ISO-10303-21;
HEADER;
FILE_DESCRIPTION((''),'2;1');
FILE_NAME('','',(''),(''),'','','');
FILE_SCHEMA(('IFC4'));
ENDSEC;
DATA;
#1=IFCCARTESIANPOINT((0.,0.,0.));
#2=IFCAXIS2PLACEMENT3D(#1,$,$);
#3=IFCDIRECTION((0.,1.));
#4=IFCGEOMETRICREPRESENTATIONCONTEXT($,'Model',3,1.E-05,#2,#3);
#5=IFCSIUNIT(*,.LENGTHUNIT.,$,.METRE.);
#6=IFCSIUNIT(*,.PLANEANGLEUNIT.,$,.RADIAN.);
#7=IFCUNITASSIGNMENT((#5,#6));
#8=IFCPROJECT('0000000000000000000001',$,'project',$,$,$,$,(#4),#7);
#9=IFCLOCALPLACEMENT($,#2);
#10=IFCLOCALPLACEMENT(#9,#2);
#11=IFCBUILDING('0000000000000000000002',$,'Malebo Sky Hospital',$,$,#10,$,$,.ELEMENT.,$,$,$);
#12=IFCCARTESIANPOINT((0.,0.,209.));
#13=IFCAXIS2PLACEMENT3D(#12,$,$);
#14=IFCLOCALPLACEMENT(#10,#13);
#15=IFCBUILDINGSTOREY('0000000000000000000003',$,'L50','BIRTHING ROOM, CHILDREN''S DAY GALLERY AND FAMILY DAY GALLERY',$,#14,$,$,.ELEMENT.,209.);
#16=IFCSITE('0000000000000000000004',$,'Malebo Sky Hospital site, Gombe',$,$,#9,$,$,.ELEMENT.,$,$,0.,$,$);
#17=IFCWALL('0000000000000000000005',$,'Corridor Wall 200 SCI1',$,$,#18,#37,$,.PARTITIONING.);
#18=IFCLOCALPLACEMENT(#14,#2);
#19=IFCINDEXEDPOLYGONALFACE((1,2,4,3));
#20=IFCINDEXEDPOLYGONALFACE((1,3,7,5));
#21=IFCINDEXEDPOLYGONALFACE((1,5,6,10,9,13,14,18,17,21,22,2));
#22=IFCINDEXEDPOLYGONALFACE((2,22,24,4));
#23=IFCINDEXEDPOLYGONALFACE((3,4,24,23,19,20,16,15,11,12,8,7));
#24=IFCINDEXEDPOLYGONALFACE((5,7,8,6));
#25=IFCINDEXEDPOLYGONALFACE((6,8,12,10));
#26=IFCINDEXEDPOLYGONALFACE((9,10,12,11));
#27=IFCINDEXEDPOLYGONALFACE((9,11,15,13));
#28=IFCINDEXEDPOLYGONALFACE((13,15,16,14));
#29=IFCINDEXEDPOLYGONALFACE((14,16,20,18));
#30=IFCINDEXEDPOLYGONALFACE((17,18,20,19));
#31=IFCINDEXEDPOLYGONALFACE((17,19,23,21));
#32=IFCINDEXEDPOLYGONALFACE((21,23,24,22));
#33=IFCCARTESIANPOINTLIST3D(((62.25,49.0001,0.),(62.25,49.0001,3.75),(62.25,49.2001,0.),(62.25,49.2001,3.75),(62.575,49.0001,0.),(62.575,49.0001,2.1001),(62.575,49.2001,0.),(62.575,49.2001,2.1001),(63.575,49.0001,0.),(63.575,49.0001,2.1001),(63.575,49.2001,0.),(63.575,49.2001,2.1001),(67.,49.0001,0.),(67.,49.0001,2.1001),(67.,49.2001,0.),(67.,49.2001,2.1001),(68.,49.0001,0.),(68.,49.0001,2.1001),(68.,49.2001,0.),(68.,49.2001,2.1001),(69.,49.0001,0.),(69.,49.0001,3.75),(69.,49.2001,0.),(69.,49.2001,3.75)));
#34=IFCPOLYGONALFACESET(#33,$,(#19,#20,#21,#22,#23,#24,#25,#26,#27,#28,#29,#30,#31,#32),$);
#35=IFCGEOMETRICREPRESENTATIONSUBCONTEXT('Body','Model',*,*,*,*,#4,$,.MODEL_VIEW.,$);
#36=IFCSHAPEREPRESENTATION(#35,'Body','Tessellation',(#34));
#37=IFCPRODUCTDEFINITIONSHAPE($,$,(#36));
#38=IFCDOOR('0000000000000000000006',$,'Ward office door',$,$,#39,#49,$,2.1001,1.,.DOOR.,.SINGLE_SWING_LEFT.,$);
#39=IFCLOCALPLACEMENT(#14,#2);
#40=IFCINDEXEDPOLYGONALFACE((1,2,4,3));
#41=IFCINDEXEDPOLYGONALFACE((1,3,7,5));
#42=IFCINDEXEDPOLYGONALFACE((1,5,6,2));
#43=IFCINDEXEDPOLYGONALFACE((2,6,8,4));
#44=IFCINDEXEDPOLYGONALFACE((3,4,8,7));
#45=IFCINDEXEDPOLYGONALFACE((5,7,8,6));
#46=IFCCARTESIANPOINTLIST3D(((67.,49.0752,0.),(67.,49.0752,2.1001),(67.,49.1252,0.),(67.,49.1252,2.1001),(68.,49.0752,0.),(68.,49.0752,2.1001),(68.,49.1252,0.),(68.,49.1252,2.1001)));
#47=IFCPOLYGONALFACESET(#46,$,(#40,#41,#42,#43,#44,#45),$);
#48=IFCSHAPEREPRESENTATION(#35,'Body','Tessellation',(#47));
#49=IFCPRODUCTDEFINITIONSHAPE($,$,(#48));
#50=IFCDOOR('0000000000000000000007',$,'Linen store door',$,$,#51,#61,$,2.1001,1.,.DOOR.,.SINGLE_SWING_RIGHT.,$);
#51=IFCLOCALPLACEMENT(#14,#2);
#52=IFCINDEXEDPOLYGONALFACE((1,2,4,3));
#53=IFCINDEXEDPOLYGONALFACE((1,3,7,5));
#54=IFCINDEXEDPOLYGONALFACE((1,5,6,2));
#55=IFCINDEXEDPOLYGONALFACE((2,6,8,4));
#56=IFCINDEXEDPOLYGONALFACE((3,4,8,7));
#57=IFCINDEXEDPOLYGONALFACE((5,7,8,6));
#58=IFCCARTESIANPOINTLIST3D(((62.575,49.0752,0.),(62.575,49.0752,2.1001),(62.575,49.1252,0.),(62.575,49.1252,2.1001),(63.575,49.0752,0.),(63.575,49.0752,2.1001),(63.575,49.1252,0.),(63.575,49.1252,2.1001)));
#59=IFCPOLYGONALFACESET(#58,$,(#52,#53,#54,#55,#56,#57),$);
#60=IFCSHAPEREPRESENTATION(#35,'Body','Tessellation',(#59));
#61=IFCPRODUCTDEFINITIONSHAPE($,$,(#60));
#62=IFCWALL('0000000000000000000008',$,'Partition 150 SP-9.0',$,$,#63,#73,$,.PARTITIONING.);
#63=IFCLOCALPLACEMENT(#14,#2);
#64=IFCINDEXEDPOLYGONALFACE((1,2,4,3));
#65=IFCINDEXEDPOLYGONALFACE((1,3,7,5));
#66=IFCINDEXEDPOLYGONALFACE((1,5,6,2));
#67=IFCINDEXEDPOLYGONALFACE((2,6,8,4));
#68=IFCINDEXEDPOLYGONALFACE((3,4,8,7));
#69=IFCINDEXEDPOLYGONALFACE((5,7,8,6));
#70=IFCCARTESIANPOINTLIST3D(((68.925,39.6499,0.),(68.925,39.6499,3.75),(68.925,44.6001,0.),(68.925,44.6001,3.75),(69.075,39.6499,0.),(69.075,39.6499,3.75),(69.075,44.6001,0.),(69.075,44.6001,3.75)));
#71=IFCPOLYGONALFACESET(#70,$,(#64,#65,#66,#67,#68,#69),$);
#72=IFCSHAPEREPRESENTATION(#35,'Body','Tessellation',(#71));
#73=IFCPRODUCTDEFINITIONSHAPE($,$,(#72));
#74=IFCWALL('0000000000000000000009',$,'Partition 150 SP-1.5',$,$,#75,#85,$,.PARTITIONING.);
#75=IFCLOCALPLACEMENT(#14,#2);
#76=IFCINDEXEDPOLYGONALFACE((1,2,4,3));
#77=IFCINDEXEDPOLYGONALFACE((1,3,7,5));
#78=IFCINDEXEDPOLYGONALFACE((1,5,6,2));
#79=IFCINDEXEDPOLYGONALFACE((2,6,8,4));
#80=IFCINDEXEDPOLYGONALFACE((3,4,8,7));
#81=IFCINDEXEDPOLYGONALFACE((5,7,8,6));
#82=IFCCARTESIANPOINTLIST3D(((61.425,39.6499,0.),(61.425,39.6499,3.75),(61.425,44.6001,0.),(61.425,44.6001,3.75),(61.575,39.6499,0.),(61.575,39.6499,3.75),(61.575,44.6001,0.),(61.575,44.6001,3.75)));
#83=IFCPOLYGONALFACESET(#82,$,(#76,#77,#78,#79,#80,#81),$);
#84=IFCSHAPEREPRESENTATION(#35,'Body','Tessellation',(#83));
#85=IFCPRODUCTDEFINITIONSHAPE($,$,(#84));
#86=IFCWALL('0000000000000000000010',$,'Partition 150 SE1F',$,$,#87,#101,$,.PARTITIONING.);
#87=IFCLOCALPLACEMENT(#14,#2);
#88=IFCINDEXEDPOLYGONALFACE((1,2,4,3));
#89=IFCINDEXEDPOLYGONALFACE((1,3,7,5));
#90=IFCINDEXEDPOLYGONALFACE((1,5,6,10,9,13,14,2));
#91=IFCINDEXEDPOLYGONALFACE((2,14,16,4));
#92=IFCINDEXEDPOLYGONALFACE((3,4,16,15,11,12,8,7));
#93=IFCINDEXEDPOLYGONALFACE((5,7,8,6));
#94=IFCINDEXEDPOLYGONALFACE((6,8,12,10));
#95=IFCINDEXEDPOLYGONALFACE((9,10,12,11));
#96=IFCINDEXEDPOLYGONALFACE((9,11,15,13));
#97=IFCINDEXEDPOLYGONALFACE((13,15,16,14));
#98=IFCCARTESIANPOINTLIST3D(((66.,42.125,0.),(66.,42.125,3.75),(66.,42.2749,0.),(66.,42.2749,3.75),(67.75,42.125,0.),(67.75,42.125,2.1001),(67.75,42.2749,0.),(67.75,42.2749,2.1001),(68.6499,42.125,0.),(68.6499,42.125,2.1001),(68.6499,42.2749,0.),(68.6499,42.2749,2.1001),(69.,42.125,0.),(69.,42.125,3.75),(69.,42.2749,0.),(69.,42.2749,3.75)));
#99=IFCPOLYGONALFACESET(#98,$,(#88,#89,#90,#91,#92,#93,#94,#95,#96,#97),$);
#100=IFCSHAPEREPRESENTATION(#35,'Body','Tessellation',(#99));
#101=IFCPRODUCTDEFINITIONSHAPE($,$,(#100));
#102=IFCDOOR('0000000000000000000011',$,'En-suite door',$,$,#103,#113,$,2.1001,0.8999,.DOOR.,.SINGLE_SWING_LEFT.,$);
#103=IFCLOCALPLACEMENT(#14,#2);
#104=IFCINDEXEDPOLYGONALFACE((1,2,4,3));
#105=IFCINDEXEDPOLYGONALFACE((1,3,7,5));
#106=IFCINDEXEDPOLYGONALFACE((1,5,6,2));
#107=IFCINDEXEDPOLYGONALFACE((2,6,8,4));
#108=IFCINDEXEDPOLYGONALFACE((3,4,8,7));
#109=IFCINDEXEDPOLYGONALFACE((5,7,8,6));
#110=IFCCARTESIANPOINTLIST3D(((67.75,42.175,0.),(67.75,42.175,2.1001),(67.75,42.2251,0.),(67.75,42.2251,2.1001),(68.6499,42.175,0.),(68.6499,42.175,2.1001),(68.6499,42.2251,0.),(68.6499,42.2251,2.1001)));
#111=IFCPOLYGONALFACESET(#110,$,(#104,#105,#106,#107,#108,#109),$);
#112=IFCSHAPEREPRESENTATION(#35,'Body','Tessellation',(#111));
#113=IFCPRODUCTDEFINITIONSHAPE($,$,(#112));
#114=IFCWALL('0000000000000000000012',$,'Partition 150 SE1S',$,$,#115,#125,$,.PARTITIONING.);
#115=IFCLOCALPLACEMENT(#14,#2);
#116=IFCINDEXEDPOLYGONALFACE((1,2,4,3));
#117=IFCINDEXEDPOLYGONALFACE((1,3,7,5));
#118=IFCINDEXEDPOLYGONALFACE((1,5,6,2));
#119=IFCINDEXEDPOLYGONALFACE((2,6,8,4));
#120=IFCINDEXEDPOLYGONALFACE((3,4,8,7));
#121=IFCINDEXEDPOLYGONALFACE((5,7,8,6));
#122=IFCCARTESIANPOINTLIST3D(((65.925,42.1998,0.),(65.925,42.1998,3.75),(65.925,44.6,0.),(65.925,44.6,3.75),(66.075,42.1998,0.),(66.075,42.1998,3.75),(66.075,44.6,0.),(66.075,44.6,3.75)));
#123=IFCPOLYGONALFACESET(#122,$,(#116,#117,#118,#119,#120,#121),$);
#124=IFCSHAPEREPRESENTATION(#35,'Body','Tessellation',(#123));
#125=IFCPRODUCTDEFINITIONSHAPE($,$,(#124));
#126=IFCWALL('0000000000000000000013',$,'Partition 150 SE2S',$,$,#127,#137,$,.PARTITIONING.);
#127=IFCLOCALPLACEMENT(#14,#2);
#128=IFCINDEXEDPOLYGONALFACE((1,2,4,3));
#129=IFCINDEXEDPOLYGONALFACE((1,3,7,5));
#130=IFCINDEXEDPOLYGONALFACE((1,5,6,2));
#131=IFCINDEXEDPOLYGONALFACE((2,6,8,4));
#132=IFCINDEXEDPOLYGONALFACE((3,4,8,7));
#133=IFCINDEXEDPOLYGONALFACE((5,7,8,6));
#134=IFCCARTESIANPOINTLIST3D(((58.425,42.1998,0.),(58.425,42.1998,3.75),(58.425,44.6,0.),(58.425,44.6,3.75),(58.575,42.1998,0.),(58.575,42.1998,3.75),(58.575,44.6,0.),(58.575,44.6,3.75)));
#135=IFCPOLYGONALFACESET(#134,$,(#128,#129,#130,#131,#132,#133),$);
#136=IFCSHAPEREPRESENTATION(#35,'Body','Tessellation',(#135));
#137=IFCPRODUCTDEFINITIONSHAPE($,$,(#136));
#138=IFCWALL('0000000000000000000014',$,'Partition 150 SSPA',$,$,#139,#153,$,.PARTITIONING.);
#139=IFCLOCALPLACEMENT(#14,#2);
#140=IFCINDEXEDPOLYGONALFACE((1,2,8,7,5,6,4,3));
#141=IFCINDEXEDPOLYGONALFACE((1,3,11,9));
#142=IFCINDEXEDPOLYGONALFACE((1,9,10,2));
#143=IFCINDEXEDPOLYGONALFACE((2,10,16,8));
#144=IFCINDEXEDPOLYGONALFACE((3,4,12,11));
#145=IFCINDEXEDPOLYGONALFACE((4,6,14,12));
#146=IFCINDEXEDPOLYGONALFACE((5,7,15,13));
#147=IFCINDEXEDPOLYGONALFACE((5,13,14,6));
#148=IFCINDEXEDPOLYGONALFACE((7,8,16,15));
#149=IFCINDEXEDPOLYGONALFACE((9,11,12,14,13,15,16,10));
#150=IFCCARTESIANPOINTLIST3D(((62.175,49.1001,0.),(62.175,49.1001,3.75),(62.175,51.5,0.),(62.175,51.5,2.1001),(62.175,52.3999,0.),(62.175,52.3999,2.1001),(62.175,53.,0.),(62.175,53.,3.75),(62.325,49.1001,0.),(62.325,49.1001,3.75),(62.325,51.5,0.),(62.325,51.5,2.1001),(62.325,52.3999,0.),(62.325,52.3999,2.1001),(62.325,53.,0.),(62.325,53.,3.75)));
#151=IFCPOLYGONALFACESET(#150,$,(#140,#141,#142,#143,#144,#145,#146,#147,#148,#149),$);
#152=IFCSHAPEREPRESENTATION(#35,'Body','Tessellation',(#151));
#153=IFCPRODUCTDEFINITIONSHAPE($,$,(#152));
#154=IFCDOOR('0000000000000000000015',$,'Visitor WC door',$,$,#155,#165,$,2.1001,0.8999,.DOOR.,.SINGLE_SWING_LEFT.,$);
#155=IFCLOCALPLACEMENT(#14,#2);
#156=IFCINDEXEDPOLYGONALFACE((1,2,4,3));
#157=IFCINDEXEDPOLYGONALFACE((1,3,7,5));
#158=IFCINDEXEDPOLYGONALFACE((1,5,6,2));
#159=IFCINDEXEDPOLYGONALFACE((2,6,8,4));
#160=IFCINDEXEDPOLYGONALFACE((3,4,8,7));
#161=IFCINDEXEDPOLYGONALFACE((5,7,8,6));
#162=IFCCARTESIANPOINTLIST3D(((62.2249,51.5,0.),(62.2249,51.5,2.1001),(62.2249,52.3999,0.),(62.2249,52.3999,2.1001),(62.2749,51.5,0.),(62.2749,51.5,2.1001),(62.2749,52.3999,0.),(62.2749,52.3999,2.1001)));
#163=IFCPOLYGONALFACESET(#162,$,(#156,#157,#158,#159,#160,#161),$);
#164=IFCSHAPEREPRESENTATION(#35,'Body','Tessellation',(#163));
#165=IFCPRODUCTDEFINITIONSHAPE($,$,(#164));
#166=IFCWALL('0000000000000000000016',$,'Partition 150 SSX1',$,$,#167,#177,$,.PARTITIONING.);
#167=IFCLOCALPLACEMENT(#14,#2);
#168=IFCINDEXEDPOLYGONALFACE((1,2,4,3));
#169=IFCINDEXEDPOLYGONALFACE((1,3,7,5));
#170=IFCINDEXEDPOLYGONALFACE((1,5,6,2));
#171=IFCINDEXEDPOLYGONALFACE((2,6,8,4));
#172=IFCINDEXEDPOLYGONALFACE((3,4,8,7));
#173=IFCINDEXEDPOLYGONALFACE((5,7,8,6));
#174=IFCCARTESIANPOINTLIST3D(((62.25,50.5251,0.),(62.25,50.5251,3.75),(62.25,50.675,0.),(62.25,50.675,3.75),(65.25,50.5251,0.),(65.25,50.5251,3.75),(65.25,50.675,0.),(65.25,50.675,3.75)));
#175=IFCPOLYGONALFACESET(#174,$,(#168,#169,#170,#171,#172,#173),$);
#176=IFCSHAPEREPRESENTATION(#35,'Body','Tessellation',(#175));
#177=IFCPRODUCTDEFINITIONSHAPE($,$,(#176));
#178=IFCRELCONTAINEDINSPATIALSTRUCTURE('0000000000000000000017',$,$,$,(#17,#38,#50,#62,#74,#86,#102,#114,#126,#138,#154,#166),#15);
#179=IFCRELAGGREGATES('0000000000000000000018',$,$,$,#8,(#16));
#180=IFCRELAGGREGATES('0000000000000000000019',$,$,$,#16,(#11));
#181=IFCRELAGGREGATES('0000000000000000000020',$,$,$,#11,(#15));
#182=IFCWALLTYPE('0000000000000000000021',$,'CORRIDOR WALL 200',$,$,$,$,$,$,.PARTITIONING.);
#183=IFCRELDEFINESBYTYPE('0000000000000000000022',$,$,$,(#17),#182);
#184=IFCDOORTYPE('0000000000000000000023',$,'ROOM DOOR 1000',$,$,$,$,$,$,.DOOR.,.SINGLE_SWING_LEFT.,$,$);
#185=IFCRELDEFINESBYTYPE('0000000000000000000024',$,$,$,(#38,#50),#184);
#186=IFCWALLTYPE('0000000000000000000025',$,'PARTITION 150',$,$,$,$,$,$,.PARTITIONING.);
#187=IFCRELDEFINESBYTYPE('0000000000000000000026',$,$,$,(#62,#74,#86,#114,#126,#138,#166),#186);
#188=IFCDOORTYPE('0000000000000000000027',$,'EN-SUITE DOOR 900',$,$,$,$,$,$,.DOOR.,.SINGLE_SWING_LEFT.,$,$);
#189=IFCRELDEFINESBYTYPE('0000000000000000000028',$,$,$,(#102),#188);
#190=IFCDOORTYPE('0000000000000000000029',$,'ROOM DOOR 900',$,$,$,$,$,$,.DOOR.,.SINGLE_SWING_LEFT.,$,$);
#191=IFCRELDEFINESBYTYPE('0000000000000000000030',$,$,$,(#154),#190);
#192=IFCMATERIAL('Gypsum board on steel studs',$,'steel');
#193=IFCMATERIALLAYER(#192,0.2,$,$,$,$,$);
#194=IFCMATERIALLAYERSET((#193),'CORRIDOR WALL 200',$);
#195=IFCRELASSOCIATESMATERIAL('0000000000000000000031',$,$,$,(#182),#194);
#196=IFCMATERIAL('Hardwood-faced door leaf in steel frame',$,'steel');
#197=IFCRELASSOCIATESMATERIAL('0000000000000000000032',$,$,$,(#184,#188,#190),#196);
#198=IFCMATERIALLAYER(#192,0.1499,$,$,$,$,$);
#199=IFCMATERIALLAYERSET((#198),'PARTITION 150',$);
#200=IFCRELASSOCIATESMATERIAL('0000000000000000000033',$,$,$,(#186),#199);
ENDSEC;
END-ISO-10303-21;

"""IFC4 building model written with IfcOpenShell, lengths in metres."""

from ifc_helpers import new_model, si_unit, direction, frame, frame_2d, origin, place, context, subcontext, project, spatial, rectangle, extrude, material, layer, layer_set, type_object, element, fill, save


model = new_model("IFC4")

# Units and contexts
model_context = context("Model", 3, precision=1e-05, world=origin(), true_north=direction((0.0, 1.0)))
body_context = subcontext(model_context, "Body", "Model", "MODEL_VIEW")
ifc_project = project(units=[si_unit("LENGTHUNIT", "METRE"), si_unit("PLANEANGLEUNIT", "RADIAN")], contexts=[model_context])

# Site, building, storey
site_placement = place(None, origin())
site = spatial("IfcSite", under=ifc_project, at=site_placement, Name="Malebo Sky Hospital site, Gombe", CompositionType="ELEMENT", RefElevation=0.0)
building_placement = place(site_placement, origin())
building = spatial("IfcBuilding", under=site, at=building_placement, Name="Malebo Sky Hospital", CompositionType="ELEMENT")
storey_placement = place(building_placement, frame((0.0, 0.0, 209.0)))
storey = spatial("IfcBuildingStorey", under=building, at=storey_placement, Name="L50", Description="BIRTHING ROOM, CHILDREN'S DAY GALLERY AND FAMILY DAY GALLERY", CompositionType="ELEMENT", Elevation=209.0)

# Wall, openings, doors
ifc_material_1 = material(Name="Gypsum board on steel studs", Category="steel")
ifc_layer_1 = layer(ifc_material_1, 0.2)
ifc_layer_set_1 = layer_set([ifc_layer_1], Name="CORRIDOR WALL 200")
wall_type_1 = type_object("IfcWallType", Name="CORRIDOR WALL 200", PredefinedType="PARTITIONING", material=ifc_layer_set_1)
ifc_material_2 = material(Name="Hardwood-faced door leaf in steel frame", Category="steel")
wall_1_placement = place(storey_placement, frame((69.0, 49.1001, 0.0), z_axis=(0.0, 0.0, 1.0), x_axis=(-1.0, 0.0, 0.0)))
wall_1 = element("IfcWall", 1, at=wall_1_placement, inside=storey, type_object=wall_type_1, Name="Corridor Wall 200 SCI1", PredefinedType="PARTITIONING", context=body_context, shape_type="SweptSolid", body=[
    extrude(rectangle(XDim=6.75, YDim=0.2, at=frame_2d((3.375, 0.0))), origin(), (0.0, 0.0, 1.0), 3.75),
])
opening_1_placement = place(wall_1_placement, frame((1.0, 0.0, 0.0)))
opening_1 = element("IfcOpeningElement", 2, at=opening_1_placement, cuts=wall_1, PredefinedType="OPENING", context=body_context, shape_type="SweptSolid", body=[
    extrude(rectangle(XDim=1.0, YDim=2.1001, at=frame_2d((0.5, 1.05))), frame((0.0, 0.1099, 0.0), z_axis=(0.0, -1.0, 0.0), x_axis=(1.0, 0.0, 0.0)), (0.0, 0.0, 1.0), 0.22),
])
opening_2_placement = place(wall_1_placement, frame((5.425, 0.0, 0.0)))
opening_2 = element("IfcOpeningElement", 3, at=opening_2_placement, cuts=wall_1, PredefinedType="OPENING", context=body_context, shape_type="SweptSolid", body=[
    extrude(rectangle(XDim=1.0, YDim=2.1001, at=frame_2d((0.5, 1.05))), frame((0.0, 0.1099, 0.0), z_axis=(0.0, -1.0, 0.0), x_axis=(1.0, 0.0, 0.0)), (0.0, 0.0, 1.0), 0.22),
])
door_type_1 = type_object("IfcDoorType", Name="ROOM DOOR 1000", OperationType="SINGLE_SWING_LEFT", PredefinedType="DOOR", material=ifc_material_2)
door_1_placement = place(opening_1_placement, origin())
door_1 = element("IfcDoor", 4, at=door_1_placement, inside=storey, type_object=door_type_1, Name="Ward office door", OperationType="SINGLE_SWING_LEFT", OverallHeight=2.1001, OverallWidth=1.0, PredefinedType="DOOR", context=body_context, shape_type="SweptSolid", body=[
    extrude(rectangle(XDim=1.0, YDim=2.1001, at=frame_2d((0.5, 1.05))), frame((0.0, 0.0249, 0.0), z_axis=(0.0, -1.0, 0.0), x_axis=(1.0, 0.0, 0.0)), (0.0, 0.0, 1.0), 0.05),
])
fill(opening_1, door_1)
door_2_placement = place(opening_2_placement, origin())
door_2 = element("IfcDoor", 5, at=door_2_placement, inside=storey, type_object=door_type_1, Name="Linen store door", OperationType="SINGLE_SWING_RIGHT", OverallHeight=2.1001, OverallWidth=1.0, PredefinedType="DOOR", context=body_context, shape_type="SweptSolid", body=[
    extrude(rectangle(XDim=1.0, YDim=2.1001, at=frame_2d((0.5, 1.05))), frame((0.0, 0.0249, 0.0), z_axis=(0.0, -1.0, 0.0), x_axis=(1.0, 0.0, 0.0)), (0.0, 0.0, 1.0), 0.05),
])
fill(opening_2, door_2)

# Walls
ifc_layer_2 = layer(ifc_material_1, 0.1499)
ifc_layer_set_2 = layer_set([ifc_layer_2], Name="PARTITION 150")
wall_type_2 = type_object("IfcWallType", Name="PARTITION 150", PredefinedType="PARTITIONING", material=ifc_layer_set_2)
for number, where, z_axis, x_axis, name in (
    (6, (69.0, 44.6001, 0.0), (0.0, 0.0, 1.0), (0.0, -1.0, 0.0), "Partition 150 SP-9.0"),
    (7, (61.5, 44.6001, 0.0), (0.0, 0.0, 1.0), (0.0, -1.0, 0.0), "Partition 150 SP-1.5"),
):
    element("IfcWall", number, at=place(storey_placement, frame(where, z_axis=z_axis, x_axis=x_axis)), inside=storey, type_object=wall_type_2, Name=name, PredefinedType="PARTITIONING", context=body_context, shape_type="SweptSolid", body=[
        extrude(rectangle(XDim=4.9502, YDim=0.1499, at=frame_2d((2.4751, 0.0))), origin(), (0.0, 0.0, 1.0), 3.75),
    ])

# Wall, opening, door
wall_2_placement = place(storey_placement, frame((69.0, 42.2, 0.0), z_axis=(0.0, 0.0, 1.0), x_axis=(-1.0, 0.0, 0.0)))
wall_2 = element("IfcWall", 8, at=wall_2_placement, inside=storey, type_object=wall_type_2, Name="Partition 150 SE1F", PredefinedType="PARTITIONING", context=body_context, shape_type="SweptSolid", body=[
    extrude(rectangle(XDim=3.0, YDim=0.1499, at=frame_2d((1.5, 0.0))), origin(), (0.0, 0.0, 1.0), 3.75),
])
opening_3_placement = place(wall_2_placement, frame((0.3501, 0.0, 0.0)))
opening_3 = element("IfcOpeningElement", 9, at=opening_3_placement, cuts=wall_2, PredefinedType="OPENING", context=body_context, shape_type="SweptSolid", body=[
    extrude(rectangle(XDim=0.8999, YDim=2.1001, at=frame_2d((0.45, 1.05))), frame((0.0, 0.085, 0.0), z_axis=(0.0, -1.0, 0.0), x_axis=(1.0, 0.0, 0.0)), (0.0, 0.0, 1.0), 0.1699),
])
door_type_2 = type_object("IfcDoorType", Name="EN-SUITE DOOR 900", OperationType="SINGLE_SWING_LEFT", PredefinedType="DOOR", material=ifc_material_2)
door_3_placement = place(opening_3_placement, origin())
door_3 = element("IfcDoor", 10, at=door_3_placement, inside=storey, type_object=door_type_2, Name="En-suite door", OperationType="SINGLE_SWING_LEFT", OverallHeight=2.1001, OverallWidth=0.8999, PredefinedType="DOOR", context=body_context, shape_type="SweptSolid", body=[
    extrude(rectangle(XDim=0.8999, YDim=2.1001, at=frame_2d((0.45, 1.05))), frame((0.0, 0.0249, 0.0), z_axis=(0.0, -1.0, 0.0), x_axis=(1.0, 0.0, 0.0)), (0.0, 0.0, 1.0), 0.05),
])
fill(opening_3, door_3)

# Walls
for number, where, z_axis, x_axis, name in (
    (11, (66.0, 44.6001, 0.0), (0.0, 0.0, 1.0), (0.0, -1.0, 0.0), "Partition 150 SE1S"),
    (12, (58.5, 44.6001, 0.0), (0.0, 0.0, 1.0), (0.0, -1.0, 0.0), "Partition 150 SE2S"),
):
    element("IfcWall", number, at=place(storey_placement, frame(where, z_axis=z_axis, x_axis=x_axis)), inside=storey, type_object=wall_type_2, Name=name, PredefinedType="PARTITIONING", context=body_context, shape_type="SweptSolid", body=[
        extrude(rectangle(XDim=2.4001, YDim=0.1499, at=frame_2d((1.2002, 0.0))), origin(), (0.0, 0.0, 1.0), 3.75),
    ])

# Wall, opening, door
wall_3_placement = place(storey_placement, frame((62.25, 53.0, 0.0), z_axis=(0.0, 0.0, 1.0), x_axis=(0.0, -1.0, 0.0)))
wall_3 = element("IfcWall", 13, at=wall_3_placement, inside=storey, type_object=wall_type_2, Name="Partition 150 SSPA", PredefinedType="PARTITIONING", context=body_context, shape_type="SweptSolid", body=[
    extrude(rectangle(XDim=3.8999, YDim=0.1499, at=frame_2d((1.95, 0.0))), origin(), (0.0, 0.0, 1.0), 3.75),
])
opening_4_placement = place(wall_3_placement, frame((0.6001, 0.0, 0.0)))
opening_4 = element("IfcOpeningElement", 14, at=opening_4_placement, cuts=wall_3, PredefinedType="OPENING", context=body_context, shape_type="SweptSolid", body=[
    extrude(rectangle(XDim=0.8999, YDim=2.1001, at=frame_2d((0.45, 1.05))), frame((0.0, 0.085, 0.0), z_axis=(0.0, -1.0, 0.0), x_axis=(1.0, 0.0, 0.0)), (0.0, 0.0, 1.0), 0.1699),
])
door_type_3 = type_object("IfcDoorType", Name="ROOM DOOR 900", OperationType="SINGLE_SWING_LEFT", PredefinedType="DOOR", material=ifc_material_2)
door_4_placement = place(opening_4_placement, origin())
door_4 = element("IfcDoor", 15, at=door_4_placement, inside=storey, type_object=door_type_3, Name="Visitor WC door", OperationType="SINGLE_SWING_LEFT", OverallHeight=2.1001, OverallWidth=0.8999, PredefinedType="DOOR", context=body_context, shape_type="SweptSolid", body=[
    extrude(rectangle(XDim=0.8999, YDim=2.1001, at=frame_2d((0.45, 1.05))), frame((0.0, 0.0249, 0.0), z_axis=(0.0, -1.0, 0.0), x_axis=(1.0, 0.0, 0.0)), (0.0, 0.0, 1.0), 0.05),
])
fill(opening_4, door_4)

# Wall
wall_4_placement = place(storey_placement, frame((65.25, 50.6001, 0.0), z_axis=(0.0, 0.0, 1.0), x_axis=(-1.0, 0.0, 0.0)))
element("IfcWall", 16, at=wall_4_placement, inside=storey, type_object=wall_type_2, Name="Partition 150 SSX1", PredefinedType="PARTITIONING", context=body_context, shape_type="SweptSolid", body=[
    extrude(rectangle(XDim=3.0, YDim=0.1499, at=frame_2d((1.5, 0.0))), origin(), (0.0, 0.0, 1.0), 3.75),
])

save(model, "model.ifc")
